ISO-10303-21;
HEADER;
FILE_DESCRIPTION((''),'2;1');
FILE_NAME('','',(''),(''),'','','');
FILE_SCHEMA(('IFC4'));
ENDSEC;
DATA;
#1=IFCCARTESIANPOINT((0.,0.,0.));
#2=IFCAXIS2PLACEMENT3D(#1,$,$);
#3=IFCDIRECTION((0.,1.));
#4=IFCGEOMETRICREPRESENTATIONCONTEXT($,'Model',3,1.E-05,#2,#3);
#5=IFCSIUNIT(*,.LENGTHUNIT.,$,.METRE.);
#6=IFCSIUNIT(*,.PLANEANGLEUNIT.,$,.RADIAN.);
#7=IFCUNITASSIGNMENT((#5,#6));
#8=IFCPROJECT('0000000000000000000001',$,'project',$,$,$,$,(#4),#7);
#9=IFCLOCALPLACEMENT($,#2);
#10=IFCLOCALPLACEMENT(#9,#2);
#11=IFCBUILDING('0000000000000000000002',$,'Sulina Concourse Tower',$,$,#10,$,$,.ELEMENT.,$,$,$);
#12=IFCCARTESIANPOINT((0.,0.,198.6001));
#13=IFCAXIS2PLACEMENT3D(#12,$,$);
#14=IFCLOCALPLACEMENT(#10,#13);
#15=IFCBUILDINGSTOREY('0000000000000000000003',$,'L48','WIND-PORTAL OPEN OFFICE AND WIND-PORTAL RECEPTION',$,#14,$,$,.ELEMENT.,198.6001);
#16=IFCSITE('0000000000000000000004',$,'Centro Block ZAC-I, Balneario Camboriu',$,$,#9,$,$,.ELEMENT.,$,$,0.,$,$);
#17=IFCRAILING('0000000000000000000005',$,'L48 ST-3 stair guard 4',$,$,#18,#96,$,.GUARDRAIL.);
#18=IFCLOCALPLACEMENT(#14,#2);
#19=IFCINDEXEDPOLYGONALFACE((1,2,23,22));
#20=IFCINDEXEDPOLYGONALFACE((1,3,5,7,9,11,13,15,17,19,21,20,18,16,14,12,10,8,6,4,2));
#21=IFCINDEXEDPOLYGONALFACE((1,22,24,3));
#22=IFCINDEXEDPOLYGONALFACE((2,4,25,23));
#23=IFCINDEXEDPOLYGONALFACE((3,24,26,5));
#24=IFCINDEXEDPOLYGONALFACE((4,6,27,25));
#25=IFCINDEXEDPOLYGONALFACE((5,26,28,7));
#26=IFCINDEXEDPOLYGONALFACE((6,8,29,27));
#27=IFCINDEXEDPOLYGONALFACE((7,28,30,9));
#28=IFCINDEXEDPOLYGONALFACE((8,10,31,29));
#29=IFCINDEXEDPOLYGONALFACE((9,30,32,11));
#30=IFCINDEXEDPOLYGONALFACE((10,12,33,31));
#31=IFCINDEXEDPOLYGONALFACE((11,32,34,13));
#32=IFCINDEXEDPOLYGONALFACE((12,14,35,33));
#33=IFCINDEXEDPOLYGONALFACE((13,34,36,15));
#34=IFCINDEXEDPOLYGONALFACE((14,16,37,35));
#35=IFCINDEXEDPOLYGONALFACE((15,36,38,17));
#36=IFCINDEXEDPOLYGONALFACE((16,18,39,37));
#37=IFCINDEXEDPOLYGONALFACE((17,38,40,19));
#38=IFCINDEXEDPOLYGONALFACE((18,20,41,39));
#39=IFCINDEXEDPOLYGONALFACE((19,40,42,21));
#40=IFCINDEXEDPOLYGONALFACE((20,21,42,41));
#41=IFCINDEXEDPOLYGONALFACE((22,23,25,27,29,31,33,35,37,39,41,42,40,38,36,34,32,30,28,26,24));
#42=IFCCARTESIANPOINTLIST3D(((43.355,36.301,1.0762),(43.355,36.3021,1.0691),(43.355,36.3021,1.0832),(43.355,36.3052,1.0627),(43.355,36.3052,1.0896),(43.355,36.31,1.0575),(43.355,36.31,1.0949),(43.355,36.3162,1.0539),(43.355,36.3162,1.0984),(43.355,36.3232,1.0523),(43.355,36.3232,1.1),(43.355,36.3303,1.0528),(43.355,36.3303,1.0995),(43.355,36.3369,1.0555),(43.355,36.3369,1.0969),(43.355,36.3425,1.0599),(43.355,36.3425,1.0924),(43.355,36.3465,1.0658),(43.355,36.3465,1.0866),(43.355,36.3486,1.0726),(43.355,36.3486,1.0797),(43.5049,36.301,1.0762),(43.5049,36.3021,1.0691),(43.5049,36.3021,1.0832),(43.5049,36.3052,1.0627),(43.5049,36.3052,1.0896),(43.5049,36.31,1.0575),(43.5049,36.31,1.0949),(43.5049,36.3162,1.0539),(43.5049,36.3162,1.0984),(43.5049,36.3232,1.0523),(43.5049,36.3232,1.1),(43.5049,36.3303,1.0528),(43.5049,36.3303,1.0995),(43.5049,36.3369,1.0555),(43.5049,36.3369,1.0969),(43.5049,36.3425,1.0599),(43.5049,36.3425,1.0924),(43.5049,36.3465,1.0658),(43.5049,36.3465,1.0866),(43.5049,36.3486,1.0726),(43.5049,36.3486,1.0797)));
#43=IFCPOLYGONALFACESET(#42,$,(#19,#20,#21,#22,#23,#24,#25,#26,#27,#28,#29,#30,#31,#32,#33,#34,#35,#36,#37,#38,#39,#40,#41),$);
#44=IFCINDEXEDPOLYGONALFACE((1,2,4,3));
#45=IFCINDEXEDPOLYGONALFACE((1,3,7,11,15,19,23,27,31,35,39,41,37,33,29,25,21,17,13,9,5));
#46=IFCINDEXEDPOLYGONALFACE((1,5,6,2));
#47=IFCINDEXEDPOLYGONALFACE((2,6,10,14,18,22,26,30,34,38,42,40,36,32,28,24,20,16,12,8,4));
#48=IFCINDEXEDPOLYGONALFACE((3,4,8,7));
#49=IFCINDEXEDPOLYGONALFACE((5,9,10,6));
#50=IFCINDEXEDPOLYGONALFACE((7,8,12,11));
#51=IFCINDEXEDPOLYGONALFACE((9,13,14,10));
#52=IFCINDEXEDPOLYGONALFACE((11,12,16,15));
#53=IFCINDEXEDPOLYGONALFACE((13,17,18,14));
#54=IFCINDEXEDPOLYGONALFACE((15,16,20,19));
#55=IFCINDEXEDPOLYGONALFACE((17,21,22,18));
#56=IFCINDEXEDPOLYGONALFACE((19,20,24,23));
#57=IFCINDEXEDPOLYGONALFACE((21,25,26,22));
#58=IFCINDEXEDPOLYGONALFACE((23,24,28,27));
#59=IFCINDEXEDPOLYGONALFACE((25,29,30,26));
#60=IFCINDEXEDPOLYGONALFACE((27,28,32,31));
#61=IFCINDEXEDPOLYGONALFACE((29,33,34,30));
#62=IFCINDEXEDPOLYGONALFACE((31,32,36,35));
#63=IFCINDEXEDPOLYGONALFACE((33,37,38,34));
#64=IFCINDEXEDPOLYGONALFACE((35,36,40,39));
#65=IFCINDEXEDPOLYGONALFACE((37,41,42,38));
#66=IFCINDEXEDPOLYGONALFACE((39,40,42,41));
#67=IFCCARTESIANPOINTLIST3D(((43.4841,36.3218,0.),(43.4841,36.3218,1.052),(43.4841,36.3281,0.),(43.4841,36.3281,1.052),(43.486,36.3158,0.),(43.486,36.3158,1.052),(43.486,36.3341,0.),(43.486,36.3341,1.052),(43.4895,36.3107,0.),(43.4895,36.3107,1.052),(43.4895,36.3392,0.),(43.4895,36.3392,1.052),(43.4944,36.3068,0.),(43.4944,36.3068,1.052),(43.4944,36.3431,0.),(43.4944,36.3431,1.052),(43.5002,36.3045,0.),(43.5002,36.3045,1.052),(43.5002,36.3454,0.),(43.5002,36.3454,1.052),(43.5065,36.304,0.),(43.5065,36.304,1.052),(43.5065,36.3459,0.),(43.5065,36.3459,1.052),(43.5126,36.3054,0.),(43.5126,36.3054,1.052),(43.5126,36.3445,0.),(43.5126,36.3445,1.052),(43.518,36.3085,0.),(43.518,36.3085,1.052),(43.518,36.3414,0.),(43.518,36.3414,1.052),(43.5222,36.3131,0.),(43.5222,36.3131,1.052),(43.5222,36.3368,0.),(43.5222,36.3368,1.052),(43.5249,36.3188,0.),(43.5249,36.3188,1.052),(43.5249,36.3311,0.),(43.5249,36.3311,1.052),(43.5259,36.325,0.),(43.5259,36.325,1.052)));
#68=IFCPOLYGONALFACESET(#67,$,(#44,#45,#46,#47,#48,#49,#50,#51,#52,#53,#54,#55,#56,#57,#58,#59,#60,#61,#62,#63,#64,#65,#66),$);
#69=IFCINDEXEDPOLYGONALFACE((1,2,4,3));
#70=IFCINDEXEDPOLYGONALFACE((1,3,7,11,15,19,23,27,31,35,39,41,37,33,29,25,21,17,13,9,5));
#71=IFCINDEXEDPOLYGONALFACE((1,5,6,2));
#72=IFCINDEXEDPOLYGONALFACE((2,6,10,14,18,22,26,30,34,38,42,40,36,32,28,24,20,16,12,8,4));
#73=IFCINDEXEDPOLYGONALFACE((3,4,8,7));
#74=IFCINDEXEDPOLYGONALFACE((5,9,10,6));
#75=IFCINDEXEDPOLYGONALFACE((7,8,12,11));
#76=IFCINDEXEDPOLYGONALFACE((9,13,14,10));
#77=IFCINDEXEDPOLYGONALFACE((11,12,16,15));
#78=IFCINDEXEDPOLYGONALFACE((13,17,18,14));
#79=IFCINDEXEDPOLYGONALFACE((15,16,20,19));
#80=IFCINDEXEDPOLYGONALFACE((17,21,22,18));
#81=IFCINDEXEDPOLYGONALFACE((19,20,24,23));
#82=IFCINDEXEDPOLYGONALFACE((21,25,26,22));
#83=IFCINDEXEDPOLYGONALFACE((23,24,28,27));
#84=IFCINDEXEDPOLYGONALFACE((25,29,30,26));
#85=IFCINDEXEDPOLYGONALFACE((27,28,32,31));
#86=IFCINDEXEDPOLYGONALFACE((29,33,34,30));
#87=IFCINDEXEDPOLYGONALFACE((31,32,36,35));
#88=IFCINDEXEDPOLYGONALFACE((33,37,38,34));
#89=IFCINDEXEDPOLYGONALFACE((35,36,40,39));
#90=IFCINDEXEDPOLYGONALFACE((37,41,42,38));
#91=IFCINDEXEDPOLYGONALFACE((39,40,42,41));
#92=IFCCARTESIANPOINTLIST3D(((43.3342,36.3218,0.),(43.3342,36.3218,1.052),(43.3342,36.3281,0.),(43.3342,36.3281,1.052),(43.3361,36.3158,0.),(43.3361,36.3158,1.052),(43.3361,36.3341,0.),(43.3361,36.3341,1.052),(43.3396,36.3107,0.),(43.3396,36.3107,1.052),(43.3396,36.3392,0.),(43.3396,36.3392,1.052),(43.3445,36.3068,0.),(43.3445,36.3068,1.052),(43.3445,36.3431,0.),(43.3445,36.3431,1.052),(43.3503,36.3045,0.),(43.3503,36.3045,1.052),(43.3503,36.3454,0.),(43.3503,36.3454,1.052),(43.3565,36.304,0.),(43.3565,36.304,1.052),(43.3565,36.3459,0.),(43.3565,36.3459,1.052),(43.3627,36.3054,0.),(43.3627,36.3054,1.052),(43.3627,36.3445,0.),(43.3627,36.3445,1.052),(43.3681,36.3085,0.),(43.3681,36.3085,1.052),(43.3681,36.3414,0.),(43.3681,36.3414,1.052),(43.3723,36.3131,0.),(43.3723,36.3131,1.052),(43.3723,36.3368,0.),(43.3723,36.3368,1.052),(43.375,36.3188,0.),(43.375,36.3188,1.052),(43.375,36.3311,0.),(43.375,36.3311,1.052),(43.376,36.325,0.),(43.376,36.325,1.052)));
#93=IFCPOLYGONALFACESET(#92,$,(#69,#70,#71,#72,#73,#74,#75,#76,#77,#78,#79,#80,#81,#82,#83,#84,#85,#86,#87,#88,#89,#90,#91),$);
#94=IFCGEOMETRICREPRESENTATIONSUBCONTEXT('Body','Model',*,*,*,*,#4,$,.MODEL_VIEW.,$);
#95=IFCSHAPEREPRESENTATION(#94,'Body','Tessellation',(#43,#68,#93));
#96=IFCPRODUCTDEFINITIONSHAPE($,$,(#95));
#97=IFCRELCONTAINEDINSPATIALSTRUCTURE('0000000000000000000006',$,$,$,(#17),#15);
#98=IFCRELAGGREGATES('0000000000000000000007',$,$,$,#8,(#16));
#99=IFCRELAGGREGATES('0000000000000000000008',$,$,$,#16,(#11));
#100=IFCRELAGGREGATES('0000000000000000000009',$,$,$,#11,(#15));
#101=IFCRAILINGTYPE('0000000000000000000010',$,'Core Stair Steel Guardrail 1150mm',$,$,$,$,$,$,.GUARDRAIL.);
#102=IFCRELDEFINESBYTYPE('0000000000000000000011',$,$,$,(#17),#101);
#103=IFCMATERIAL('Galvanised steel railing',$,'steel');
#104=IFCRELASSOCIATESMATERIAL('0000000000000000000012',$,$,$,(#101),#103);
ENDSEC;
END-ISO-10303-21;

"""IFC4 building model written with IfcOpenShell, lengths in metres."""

from ifc_helpers import new_model, si_unit, direction, frame, origin, origin_2d, place, context, subcontext, project, spatial, circle, extrude, material, type_object, element, save


model = new_model("IFC4")

# Units and contexts
model_context = context("Model", 3, precision=1e-05, world=origin(), true_north=direction((0.0, 1.0)))
body_context = subcontext(model_context, "Body", "Model", "MODEL_VIEW")
ifc_project = project(units=[si_unit("LENGTHUNIT", "METRE"), si_unit("PLANEANGLEUNIT", "RADIAN")], contexts=[model_context])

# Site, building, storey
site_placement = place(None, origin())
site = spatial("IfcSite", under=ifc_project, at=site_placement, Name="Centro Block ZAC-I, Balneario Camboriu", CompositionType="ELEMENT", RefElevation=0.0)
building_placement = place(site_placement, origin())
building = spatial("IfcBuilding", under=site, at=building_placement, Name="Sulina Concourse Tower", CompositionType="ELEMENT")
storey_placement = place(building_placement, frame((0.0, 0.0, 198.6001)))
storey = spatial("IfcBuildingStorey", under=building, at=storey_placement, Name="L48", Description="WIND-PORTAL OPEN OFFICE AND WIND-PORTAL RECEPTION", CompositionType="ELEMENT", Elevation=198.6001)

# Railing
ifc_material_1 = material(Name="Galvanised steel railing", Category="steel")
railing_type_1 = type_object("IfcRailingType", Name="Core Stair Steel Guardrail 1150mm", PredefinedType="GUARDRAIL", material=ifc_material_1)
railing_1_placement = place(storey_placement, frame((43.5049, 36.325, 0.0)))
element("IfcRailing", 1, at=railing_1_placement, inside=storey, type_object=railing_type_1, Name="L48 ST-3 stair guard 4", PredefinedType="GUARDRAIL", context=body_context, shape_type="SweptSolid", body=[
    extrude(circle(Radius=0.0239, at=origin_2d()), frame((0.0, 0.0, 1.0762), z_axis=(-1.0, 0.0, 0.0), x_axis=(0.0, -1.0, 0.0)), (0.0, 0.0, 1.0), 0.1499),
    extrude(circle(Radius=0.021, at=origin_2d()), origin(), (0.0, 0.0, 1.0), 1.052),
    extrude(circle(Radius=0.021, at=origin_2d()), frame((-0.1499, 0.0, 0.0)), (0.0, 0.0, 1.0), 1.052),
])

save(model, "model.ifc")
